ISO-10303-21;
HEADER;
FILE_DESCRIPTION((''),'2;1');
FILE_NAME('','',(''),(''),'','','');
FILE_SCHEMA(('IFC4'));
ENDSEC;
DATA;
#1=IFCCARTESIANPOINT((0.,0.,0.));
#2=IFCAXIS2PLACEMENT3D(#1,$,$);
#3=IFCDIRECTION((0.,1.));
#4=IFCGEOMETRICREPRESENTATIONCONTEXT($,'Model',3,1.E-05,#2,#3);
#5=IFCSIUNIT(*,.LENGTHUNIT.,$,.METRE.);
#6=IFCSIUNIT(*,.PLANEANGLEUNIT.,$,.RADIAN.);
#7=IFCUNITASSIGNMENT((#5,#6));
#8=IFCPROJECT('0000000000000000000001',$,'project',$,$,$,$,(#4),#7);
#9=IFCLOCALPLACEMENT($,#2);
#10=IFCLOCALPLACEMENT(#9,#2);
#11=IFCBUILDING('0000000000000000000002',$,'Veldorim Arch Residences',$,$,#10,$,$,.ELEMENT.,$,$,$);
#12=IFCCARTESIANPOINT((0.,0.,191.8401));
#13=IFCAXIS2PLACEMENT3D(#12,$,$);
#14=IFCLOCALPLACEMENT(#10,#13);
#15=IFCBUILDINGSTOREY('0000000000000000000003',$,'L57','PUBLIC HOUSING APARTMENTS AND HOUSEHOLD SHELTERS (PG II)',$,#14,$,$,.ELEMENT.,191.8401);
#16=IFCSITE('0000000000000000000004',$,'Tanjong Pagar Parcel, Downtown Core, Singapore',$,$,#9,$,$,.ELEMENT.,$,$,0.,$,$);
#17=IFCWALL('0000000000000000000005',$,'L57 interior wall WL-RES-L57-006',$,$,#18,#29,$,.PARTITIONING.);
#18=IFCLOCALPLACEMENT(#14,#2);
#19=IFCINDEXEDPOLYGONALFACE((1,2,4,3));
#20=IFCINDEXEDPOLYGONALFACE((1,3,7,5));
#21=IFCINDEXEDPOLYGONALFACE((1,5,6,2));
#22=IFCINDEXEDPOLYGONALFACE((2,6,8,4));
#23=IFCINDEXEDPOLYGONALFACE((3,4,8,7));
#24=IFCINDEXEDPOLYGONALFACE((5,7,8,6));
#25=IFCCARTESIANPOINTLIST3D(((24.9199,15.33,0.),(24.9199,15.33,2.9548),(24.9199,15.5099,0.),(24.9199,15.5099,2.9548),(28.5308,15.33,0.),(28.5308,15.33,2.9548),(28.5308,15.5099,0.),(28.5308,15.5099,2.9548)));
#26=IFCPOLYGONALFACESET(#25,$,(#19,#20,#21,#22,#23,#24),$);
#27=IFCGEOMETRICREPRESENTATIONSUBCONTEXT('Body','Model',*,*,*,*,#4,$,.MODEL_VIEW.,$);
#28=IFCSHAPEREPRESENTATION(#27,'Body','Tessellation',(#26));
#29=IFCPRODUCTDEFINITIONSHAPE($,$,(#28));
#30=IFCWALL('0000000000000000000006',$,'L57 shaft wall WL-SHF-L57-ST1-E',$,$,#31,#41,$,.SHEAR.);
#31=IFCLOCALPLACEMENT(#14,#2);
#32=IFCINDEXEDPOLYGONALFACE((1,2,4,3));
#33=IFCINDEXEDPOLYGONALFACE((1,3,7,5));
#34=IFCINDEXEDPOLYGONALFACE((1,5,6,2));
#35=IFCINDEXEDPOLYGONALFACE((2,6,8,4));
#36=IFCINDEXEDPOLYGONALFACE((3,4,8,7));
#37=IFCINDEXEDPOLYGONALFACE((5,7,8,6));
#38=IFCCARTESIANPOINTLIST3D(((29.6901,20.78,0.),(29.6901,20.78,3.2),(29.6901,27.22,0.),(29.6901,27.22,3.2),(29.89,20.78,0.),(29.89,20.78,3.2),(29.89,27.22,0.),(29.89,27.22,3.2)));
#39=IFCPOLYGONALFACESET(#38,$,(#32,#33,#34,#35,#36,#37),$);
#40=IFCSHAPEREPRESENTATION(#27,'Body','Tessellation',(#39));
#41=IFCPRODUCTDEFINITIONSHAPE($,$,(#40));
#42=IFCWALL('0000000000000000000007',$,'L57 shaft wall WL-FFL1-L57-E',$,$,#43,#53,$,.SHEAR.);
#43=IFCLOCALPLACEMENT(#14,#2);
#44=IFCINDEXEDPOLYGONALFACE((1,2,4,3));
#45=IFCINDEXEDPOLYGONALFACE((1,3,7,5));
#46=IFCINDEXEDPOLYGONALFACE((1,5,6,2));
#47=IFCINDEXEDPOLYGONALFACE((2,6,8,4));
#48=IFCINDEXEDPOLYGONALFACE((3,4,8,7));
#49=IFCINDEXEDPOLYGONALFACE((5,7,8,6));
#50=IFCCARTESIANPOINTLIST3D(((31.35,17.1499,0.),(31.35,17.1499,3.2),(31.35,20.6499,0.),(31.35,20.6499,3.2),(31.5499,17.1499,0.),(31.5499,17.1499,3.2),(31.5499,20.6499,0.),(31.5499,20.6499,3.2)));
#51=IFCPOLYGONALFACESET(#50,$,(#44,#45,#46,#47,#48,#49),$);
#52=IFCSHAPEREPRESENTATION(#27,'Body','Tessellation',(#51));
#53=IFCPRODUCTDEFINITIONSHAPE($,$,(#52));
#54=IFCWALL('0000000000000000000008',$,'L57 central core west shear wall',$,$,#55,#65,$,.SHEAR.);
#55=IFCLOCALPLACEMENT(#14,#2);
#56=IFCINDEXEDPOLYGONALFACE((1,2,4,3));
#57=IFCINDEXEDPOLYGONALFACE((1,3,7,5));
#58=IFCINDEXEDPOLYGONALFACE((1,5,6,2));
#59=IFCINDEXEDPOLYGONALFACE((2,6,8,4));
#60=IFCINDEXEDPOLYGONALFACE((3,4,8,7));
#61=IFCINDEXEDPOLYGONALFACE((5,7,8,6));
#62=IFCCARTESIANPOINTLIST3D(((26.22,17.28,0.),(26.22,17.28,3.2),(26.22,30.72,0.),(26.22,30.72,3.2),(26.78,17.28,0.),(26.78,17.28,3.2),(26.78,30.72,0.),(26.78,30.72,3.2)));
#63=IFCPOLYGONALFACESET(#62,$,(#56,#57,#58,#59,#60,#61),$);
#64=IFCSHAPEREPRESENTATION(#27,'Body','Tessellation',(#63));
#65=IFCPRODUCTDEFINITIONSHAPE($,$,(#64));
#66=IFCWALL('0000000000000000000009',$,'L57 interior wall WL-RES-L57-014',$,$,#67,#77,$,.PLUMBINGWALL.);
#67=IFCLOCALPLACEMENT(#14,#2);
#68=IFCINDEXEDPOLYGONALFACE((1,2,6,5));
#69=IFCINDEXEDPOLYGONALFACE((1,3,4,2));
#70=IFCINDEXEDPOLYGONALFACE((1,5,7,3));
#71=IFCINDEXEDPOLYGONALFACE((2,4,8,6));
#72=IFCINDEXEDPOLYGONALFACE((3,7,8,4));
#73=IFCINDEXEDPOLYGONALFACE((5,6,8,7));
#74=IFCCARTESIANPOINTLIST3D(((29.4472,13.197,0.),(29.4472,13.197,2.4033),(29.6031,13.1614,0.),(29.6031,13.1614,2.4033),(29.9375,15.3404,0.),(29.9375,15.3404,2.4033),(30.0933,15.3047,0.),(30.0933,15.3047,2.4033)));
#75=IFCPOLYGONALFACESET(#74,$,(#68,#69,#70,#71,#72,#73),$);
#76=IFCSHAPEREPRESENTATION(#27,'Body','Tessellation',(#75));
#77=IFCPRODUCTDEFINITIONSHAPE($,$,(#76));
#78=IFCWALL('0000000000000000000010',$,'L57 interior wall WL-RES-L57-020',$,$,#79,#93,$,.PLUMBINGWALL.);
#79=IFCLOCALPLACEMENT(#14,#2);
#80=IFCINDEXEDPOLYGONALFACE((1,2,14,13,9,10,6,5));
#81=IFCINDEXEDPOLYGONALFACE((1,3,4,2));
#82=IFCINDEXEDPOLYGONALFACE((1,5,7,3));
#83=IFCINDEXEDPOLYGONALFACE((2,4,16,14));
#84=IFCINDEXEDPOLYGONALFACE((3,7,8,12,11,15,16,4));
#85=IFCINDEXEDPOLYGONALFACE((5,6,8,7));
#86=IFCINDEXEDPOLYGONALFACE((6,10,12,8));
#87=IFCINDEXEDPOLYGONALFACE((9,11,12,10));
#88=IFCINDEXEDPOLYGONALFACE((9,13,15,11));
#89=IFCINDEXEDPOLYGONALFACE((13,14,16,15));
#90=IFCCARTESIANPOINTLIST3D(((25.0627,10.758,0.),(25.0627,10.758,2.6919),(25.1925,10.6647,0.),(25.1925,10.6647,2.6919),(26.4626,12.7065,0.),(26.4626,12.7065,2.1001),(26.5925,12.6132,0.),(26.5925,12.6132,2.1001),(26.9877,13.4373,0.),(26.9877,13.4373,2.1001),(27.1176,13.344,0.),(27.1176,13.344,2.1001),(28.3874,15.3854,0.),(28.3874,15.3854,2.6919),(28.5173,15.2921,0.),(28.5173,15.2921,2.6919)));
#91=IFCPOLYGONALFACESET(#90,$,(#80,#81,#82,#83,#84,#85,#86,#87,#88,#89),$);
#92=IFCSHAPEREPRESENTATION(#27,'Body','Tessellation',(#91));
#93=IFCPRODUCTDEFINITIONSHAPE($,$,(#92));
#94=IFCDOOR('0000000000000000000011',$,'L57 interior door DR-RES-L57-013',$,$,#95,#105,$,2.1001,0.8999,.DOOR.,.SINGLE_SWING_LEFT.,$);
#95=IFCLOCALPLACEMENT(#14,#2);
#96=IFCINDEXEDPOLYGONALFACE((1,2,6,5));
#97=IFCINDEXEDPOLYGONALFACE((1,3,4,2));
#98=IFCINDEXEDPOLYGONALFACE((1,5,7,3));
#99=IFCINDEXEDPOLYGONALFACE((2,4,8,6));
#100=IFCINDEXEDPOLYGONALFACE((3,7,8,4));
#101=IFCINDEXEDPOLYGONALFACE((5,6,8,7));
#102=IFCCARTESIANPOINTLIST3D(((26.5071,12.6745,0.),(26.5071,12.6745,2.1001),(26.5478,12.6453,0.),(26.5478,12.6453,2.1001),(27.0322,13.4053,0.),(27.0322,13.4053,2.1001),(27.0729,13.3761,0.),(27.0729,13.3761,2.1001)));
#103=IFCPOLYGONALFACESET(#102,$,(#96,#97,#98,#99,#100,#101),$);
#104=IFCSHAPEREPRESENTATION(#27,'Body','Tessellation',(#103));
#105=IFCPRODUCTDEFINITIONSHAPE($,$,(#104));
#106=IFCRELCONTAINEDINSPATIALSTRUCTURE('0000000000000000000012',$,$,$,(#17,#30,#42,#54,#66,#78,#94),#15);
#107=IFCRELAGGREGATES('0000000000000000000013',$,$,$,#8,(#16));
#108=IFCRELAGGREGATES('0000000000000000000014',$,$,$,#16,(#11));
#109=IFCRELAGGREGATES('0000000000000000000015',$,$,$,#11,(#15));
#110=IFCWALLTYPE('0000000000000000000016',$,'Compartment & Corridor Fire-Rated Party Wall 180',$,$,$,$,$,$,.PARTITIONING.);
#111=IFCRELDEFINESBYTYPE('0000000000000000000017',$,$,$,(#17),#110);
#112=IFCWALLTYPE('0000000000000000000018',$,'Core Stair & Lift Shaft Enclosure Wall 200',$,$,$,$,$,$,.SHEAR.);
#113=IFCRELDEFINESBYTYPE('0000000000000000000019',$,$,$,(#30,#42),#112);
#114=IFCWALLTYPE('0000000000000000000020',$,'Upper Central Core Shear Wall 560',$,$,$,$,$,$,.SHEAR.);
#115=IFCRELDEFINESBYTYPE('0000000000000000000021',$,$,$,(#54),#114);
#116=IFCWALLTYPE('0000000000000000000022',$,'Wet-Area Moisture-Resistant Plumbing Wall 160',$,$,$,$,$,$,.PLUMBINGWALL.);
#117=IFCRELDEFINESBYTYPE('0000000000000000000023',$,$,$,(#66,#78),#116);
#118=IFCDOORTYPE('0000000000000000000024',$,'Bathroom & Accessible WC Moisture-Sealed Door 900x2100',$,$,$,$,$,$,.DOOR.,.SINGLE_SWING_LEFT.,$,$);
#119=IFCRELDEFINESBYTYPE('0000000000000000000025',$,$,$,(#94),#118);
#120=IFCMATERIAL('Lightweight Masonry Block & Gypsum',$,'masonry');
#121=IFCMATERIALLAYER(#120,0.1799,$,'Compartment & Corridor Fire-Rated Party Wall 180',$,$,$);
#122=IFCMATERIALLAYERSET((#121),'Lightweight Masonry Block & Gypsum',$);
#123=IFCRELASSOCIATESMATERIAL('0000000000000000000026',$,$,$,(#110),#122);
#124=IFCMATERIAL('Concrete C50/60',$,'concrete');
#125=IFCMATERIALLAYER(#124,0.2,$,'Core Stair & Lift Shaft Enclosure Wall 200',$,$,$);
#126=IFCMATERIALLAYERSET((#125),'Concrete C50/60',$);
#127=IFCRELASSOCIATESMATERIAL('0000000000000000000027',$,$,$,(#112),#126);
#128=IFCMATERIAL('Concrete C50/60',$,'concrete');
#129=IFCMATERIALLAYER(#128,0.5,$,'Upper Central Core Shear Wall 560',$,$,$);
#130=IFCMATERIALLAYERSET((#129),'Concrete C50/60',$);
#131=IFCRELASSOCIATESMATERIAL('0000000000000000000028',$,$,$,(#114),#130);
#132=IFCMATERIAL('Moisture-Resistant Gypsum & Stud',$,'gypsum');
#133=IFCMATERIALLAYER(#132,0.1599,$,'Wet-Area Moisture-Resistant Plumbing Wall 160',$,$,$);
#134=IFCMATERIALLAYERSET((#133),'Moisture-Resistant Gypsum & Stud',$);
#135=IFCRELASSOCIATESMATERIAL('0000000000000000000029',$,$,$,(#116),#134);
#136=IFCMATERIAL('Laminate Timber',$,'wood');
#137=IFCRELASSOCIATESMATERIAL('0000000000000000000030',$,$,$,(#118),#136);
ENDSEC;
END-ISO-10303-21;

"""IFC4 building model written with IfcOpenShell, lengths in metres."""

from ifc_helpers import new_model, si_unit, direction, frame, frame_2d, origin, place, context, subcontext, project, spatial, rectangle, extrude, material, layer, layer_set, type_object, element, fill, save


model = new_model("IFC4")

# Units and contexts
model_context = context("Model", 3, precision=1e-05, world=origin(), true_north=direction((0.0, 1.0)))
body_context = subcontext(model_context, "Body", "Model", "MODEL_VIEW")
ifc_project = project(units=[si_unit("LENGTHUNIT", "METRE"), si_unit("PLANEANGLEUNIT", "RADIAN")], contexts=[model_context])

# Site, building, storey
site_placement = place(None, origin())
site = spatial("IfcSite", under=ifc_project, at=site_placement, Name="Tanjong Pagar Parcel, Downtown Core, Singapore", CompositionType="ELEMENT", RefElevation=0.0)
building_placement = place(site_placement, origin())
building = spatial("IfcBuilding", under=site, at=building_placement, Name="Veldorim Arch Residences", CompositionType="ELEMENT")
storey_placement = place(building_placement, frame((0.0, 0.0, 191.8401)))
storey = spatial("IfcBuildingStorey", under=building, at=storey_placement, Name="L57", Description="PUBLIC HOUSING APARTMENTS AND HOUSEHOLD SHELTERS (PG II)", CompositionType="ELEMENT", Elevation=191.8401)

# Walls
ifc_material_1 = material(Name="Lightweight Masonry Block & Gypsum", Category="masonry")
ifc_layer_1 = layer(ifc_material_1, 0.1799, Name="Compartment & Corridor Fire-Rated Party Wall 180")
ifc_layer_set_1 = layer_set([ifc_layer_1], Name="Lightweight Masonry Block & Gypsum")
wall_type_1 = type_object("IfcWallType", Name="Compartment & Corridor Fire-Rated Party Wall 180", PredefinedType="PARTITIONING", material=ifc_layer_set_1)
wall_1_placement = place(storey_placement, frame((28.5308, 15.4199, 0.0), z_axis=(0.0, 0.0, 1.0), x_axis=(-1.0, 0.0, 0.0)))
element("IfcWall", 1, at=wall_1_placement, inside=storey, type_object=wall_type_1, Name="L57 interior wall WL-RES-L57-006", PredefinedType="PARTITIONING", context=body_context, shape_type="SweptSolid", body=[
    extrude(rectangle(XDim=3.6108, YDim=0.1799, at=frame_2d((1.8054, 0.0))), origin(), (0.0, 0.0, 1.0), 2.9548),
])
ifc_material_2 = material(Name="Concrete C50/60", Category="concrete")
ifc_layer_2 = layer(ifc_material_2, 0.2, Name="Core Stair & Lift Shaft Enclosure Wall 200")
ifc_layer_set_2 = layer_set([ifc_layer_2], Name="Concrete C50/60")
wall_type_2 = type_object("IfcWallType", Name="Core Stair & Lift Shaft Enclosure Wall 200", PredefinedType="SHEAR", material=ifc_layer_set_2)
wall_2_placement = place(storey_placement, frame((29.79, 20.78, 0.0), z_axis=(0.0, 0.0, 1.0), x_axis=(0.0, 1.0, 0.0)))
element("IfcWall", 2, at=wall_2_placement, inside=storey, type_object=wall_type_2, Name="L57 shaft wall WL-SHF-L57-ST1-E", PredefinedType="SHEAR", context=body_context, shape_type="SweptSolid", body=[
    extrude(rectangle(XDim=6.4399, YDim=0.2, at=frame_2d((3.22, 0.0))), origin(), (0.0, 0.0, 1.0), 3.2),
])

# Wall
wall_3_placement = place(storey_placement, frame((31.45, 17.1499, 0.0), z_axis=(0.0, 0.0, 1.0), x_axis=(0.0, 1.0, 0.0)))
element("IfcWall", 3, at=wall_3_placement, inside=storey, type_object=wall_type_2, Name="L57 shaft wall WL-FFL1-L57-E", PredefinedType="SHEAR", context=body_context, shape_type="SweptSolid", body=[
    extrude(rectangle(XDim=3.5, YDim=0.2, at=frame_2d((1.75, 0.0))), origin(), (0.0, 0.0, 1.0), 3.2),
])

# Shared definitions
ifc_material_3 = material(Name="Concrete C50/60", Category="concrete")
ifc_layer_3 = layer(ifc_material_3, 0.5, Name="Upper Central Core Shear Wall 560")
ifc_layer_set_3 = layer_set([ifc_layer_3], Name="Concrete C50/60")
wall_type_3 = type_object("IfcWallType", Name="Upper Central Core Shear Wall 560", PredefinedType="SHEAR", material=ifc_layer_set_3)

# Walls
wall_4_placement = place(storey_placement, frame((26.5, 17.28, 0.0), z_axis=(0.0, 0.0, 1.0), x_axis=(0.0, 1.0, 0.0)))
element("IfcWall", 4, at=wall_4_placement, inside=storey, type_object=wall_type_3, Name="L57 central core west shear wall", PredefinedType="SHEAR", context=body_context, shape_type="SweptSolid", body=[
    extrude(rectangle(XDim=13.4399, YDim=0.5601, at=frame_2d((6.72, 0.0))), origin(), (0.0, 0.0, 1.0), 3.2),
])
ifc_material_4 = material(Name="Moisture-Resistant Gypsum & Stud", Category="gypsum")
ifc_layer_4 = layer(ifc_material_4, 0.1599, Name="Wet-Area Moisture-Resistant Plumbing Wall 160")
ifc_layer_set_4 = layer_set([ifc_layer_4], Name="Moisture-Resistant Gypsum & Stud")
wall_type_4 = type_object("IfcWallType", Name="Wet-Area Moisture-Resistant Plumbing Wall 160", PredefinedType="PLUMBINGWALL", material=ifc_layer_set_4)
wall_5_placement = place(storey_placement, frame((29.5251, 13.1792, 0.0), z_axis=(0.0, 0.0, 1.0), x_axis=(0.22297, 0.974825, 0.0)))
element("IfcWall", 5, at=wall_5_placement, inside=storey, type_object=wall_type_4, Name="L57 interior wall WL-RES-L57-014", PredefinedType="PLUMBINGWALL", context=body_context, shape_type="SweptSolid", body=[
    extrude(rectangle(XDim=2.1987, YDim=0.1599, at=frame_2d((1.0994, 0.0))), origin(), (0.0, 0.0, 1.0), 2.4033),
])

# Wall, opening, door
wall_6_placement = place(storey_placement, frame((28.4524, 15.3389, 0.0), z_axis=(0.0, 0.0, 1.0), x_axis=(-0.583489, -0.812121, 0.0)))
wall_6 = element("IfcWall", 6, at=wall_6_placement, inside=storey, type_object=wall_type_4, Name="L57 interior wall WL-RES-L57-020", PredefinedType="PLUMBINGWALL", context=body_context, shape_type="SweptSolid", body=[
    extrude(rectangle(XDim=5.698, YDim=0.1599, at=frame_2d((2.8491, 0.0))), origin(), (0.0, 0.0, 1.0), 2.6919),
])
opening_1_placement = place(wall_6_placement, frame((2.3989, 0.0, 0.0)))
opening_1 = element("IfcOpeningElement", 7, at=opening_1_placement, cuts=wall_6, PredefinedType="OPENING", context=body_context, shape_type="SweptSolid", body=[
    extrude(rectangle(XDim=0.8999, YDim=2.1001, at=frame_2d((0.45, 1.05))), frame((0.0, 0.0898, 0.0), z_axis=(0.0, -1.0, 0.0), x_axis=(1.0, 0.0, 0.0)), (0.0, 0.0, 1.0), 0.1799),
])
ifc_material_5 = material(Name="Laminate Timber", Category="wood")
door_type_1 = type_object("IfcDoorType", Name="Bathroom & Accessible WC Moisture-Sealed Door 900x2100", OperationType="SINGLE_SWING_LEFT", PredefinedType="DOOR", material=ifc_material_5)
door_1_placement = place(opening_1_placement, origin())
door_1 = element("IfcDoor", 8, at=door_1_placement, inside=storey, type_object=door_type_1, Name="L57 interior door DR-RES-L57-013", OperationType="SINGLE_SWING_LEFT", OverallHeight=2.1001, OverallWidth=0.8999, PredefinedType="DOOR", context=body_context, shape_type="SweptSolid", body=[
    extrude(rectangle(XDim=0.8999, YDim=2.1001, at=frame_2d((0.45, 1.05))), frame((0.0, 0.0249, 0.0), z_axis=(0.0, -1.0, 0.0), x_axis=(1.0, 0.0, 0.0)), (0.0, 0.0, 1.0), 0.05),
])
fill(opening_1, door_1)

save(model, "model.ifc")
